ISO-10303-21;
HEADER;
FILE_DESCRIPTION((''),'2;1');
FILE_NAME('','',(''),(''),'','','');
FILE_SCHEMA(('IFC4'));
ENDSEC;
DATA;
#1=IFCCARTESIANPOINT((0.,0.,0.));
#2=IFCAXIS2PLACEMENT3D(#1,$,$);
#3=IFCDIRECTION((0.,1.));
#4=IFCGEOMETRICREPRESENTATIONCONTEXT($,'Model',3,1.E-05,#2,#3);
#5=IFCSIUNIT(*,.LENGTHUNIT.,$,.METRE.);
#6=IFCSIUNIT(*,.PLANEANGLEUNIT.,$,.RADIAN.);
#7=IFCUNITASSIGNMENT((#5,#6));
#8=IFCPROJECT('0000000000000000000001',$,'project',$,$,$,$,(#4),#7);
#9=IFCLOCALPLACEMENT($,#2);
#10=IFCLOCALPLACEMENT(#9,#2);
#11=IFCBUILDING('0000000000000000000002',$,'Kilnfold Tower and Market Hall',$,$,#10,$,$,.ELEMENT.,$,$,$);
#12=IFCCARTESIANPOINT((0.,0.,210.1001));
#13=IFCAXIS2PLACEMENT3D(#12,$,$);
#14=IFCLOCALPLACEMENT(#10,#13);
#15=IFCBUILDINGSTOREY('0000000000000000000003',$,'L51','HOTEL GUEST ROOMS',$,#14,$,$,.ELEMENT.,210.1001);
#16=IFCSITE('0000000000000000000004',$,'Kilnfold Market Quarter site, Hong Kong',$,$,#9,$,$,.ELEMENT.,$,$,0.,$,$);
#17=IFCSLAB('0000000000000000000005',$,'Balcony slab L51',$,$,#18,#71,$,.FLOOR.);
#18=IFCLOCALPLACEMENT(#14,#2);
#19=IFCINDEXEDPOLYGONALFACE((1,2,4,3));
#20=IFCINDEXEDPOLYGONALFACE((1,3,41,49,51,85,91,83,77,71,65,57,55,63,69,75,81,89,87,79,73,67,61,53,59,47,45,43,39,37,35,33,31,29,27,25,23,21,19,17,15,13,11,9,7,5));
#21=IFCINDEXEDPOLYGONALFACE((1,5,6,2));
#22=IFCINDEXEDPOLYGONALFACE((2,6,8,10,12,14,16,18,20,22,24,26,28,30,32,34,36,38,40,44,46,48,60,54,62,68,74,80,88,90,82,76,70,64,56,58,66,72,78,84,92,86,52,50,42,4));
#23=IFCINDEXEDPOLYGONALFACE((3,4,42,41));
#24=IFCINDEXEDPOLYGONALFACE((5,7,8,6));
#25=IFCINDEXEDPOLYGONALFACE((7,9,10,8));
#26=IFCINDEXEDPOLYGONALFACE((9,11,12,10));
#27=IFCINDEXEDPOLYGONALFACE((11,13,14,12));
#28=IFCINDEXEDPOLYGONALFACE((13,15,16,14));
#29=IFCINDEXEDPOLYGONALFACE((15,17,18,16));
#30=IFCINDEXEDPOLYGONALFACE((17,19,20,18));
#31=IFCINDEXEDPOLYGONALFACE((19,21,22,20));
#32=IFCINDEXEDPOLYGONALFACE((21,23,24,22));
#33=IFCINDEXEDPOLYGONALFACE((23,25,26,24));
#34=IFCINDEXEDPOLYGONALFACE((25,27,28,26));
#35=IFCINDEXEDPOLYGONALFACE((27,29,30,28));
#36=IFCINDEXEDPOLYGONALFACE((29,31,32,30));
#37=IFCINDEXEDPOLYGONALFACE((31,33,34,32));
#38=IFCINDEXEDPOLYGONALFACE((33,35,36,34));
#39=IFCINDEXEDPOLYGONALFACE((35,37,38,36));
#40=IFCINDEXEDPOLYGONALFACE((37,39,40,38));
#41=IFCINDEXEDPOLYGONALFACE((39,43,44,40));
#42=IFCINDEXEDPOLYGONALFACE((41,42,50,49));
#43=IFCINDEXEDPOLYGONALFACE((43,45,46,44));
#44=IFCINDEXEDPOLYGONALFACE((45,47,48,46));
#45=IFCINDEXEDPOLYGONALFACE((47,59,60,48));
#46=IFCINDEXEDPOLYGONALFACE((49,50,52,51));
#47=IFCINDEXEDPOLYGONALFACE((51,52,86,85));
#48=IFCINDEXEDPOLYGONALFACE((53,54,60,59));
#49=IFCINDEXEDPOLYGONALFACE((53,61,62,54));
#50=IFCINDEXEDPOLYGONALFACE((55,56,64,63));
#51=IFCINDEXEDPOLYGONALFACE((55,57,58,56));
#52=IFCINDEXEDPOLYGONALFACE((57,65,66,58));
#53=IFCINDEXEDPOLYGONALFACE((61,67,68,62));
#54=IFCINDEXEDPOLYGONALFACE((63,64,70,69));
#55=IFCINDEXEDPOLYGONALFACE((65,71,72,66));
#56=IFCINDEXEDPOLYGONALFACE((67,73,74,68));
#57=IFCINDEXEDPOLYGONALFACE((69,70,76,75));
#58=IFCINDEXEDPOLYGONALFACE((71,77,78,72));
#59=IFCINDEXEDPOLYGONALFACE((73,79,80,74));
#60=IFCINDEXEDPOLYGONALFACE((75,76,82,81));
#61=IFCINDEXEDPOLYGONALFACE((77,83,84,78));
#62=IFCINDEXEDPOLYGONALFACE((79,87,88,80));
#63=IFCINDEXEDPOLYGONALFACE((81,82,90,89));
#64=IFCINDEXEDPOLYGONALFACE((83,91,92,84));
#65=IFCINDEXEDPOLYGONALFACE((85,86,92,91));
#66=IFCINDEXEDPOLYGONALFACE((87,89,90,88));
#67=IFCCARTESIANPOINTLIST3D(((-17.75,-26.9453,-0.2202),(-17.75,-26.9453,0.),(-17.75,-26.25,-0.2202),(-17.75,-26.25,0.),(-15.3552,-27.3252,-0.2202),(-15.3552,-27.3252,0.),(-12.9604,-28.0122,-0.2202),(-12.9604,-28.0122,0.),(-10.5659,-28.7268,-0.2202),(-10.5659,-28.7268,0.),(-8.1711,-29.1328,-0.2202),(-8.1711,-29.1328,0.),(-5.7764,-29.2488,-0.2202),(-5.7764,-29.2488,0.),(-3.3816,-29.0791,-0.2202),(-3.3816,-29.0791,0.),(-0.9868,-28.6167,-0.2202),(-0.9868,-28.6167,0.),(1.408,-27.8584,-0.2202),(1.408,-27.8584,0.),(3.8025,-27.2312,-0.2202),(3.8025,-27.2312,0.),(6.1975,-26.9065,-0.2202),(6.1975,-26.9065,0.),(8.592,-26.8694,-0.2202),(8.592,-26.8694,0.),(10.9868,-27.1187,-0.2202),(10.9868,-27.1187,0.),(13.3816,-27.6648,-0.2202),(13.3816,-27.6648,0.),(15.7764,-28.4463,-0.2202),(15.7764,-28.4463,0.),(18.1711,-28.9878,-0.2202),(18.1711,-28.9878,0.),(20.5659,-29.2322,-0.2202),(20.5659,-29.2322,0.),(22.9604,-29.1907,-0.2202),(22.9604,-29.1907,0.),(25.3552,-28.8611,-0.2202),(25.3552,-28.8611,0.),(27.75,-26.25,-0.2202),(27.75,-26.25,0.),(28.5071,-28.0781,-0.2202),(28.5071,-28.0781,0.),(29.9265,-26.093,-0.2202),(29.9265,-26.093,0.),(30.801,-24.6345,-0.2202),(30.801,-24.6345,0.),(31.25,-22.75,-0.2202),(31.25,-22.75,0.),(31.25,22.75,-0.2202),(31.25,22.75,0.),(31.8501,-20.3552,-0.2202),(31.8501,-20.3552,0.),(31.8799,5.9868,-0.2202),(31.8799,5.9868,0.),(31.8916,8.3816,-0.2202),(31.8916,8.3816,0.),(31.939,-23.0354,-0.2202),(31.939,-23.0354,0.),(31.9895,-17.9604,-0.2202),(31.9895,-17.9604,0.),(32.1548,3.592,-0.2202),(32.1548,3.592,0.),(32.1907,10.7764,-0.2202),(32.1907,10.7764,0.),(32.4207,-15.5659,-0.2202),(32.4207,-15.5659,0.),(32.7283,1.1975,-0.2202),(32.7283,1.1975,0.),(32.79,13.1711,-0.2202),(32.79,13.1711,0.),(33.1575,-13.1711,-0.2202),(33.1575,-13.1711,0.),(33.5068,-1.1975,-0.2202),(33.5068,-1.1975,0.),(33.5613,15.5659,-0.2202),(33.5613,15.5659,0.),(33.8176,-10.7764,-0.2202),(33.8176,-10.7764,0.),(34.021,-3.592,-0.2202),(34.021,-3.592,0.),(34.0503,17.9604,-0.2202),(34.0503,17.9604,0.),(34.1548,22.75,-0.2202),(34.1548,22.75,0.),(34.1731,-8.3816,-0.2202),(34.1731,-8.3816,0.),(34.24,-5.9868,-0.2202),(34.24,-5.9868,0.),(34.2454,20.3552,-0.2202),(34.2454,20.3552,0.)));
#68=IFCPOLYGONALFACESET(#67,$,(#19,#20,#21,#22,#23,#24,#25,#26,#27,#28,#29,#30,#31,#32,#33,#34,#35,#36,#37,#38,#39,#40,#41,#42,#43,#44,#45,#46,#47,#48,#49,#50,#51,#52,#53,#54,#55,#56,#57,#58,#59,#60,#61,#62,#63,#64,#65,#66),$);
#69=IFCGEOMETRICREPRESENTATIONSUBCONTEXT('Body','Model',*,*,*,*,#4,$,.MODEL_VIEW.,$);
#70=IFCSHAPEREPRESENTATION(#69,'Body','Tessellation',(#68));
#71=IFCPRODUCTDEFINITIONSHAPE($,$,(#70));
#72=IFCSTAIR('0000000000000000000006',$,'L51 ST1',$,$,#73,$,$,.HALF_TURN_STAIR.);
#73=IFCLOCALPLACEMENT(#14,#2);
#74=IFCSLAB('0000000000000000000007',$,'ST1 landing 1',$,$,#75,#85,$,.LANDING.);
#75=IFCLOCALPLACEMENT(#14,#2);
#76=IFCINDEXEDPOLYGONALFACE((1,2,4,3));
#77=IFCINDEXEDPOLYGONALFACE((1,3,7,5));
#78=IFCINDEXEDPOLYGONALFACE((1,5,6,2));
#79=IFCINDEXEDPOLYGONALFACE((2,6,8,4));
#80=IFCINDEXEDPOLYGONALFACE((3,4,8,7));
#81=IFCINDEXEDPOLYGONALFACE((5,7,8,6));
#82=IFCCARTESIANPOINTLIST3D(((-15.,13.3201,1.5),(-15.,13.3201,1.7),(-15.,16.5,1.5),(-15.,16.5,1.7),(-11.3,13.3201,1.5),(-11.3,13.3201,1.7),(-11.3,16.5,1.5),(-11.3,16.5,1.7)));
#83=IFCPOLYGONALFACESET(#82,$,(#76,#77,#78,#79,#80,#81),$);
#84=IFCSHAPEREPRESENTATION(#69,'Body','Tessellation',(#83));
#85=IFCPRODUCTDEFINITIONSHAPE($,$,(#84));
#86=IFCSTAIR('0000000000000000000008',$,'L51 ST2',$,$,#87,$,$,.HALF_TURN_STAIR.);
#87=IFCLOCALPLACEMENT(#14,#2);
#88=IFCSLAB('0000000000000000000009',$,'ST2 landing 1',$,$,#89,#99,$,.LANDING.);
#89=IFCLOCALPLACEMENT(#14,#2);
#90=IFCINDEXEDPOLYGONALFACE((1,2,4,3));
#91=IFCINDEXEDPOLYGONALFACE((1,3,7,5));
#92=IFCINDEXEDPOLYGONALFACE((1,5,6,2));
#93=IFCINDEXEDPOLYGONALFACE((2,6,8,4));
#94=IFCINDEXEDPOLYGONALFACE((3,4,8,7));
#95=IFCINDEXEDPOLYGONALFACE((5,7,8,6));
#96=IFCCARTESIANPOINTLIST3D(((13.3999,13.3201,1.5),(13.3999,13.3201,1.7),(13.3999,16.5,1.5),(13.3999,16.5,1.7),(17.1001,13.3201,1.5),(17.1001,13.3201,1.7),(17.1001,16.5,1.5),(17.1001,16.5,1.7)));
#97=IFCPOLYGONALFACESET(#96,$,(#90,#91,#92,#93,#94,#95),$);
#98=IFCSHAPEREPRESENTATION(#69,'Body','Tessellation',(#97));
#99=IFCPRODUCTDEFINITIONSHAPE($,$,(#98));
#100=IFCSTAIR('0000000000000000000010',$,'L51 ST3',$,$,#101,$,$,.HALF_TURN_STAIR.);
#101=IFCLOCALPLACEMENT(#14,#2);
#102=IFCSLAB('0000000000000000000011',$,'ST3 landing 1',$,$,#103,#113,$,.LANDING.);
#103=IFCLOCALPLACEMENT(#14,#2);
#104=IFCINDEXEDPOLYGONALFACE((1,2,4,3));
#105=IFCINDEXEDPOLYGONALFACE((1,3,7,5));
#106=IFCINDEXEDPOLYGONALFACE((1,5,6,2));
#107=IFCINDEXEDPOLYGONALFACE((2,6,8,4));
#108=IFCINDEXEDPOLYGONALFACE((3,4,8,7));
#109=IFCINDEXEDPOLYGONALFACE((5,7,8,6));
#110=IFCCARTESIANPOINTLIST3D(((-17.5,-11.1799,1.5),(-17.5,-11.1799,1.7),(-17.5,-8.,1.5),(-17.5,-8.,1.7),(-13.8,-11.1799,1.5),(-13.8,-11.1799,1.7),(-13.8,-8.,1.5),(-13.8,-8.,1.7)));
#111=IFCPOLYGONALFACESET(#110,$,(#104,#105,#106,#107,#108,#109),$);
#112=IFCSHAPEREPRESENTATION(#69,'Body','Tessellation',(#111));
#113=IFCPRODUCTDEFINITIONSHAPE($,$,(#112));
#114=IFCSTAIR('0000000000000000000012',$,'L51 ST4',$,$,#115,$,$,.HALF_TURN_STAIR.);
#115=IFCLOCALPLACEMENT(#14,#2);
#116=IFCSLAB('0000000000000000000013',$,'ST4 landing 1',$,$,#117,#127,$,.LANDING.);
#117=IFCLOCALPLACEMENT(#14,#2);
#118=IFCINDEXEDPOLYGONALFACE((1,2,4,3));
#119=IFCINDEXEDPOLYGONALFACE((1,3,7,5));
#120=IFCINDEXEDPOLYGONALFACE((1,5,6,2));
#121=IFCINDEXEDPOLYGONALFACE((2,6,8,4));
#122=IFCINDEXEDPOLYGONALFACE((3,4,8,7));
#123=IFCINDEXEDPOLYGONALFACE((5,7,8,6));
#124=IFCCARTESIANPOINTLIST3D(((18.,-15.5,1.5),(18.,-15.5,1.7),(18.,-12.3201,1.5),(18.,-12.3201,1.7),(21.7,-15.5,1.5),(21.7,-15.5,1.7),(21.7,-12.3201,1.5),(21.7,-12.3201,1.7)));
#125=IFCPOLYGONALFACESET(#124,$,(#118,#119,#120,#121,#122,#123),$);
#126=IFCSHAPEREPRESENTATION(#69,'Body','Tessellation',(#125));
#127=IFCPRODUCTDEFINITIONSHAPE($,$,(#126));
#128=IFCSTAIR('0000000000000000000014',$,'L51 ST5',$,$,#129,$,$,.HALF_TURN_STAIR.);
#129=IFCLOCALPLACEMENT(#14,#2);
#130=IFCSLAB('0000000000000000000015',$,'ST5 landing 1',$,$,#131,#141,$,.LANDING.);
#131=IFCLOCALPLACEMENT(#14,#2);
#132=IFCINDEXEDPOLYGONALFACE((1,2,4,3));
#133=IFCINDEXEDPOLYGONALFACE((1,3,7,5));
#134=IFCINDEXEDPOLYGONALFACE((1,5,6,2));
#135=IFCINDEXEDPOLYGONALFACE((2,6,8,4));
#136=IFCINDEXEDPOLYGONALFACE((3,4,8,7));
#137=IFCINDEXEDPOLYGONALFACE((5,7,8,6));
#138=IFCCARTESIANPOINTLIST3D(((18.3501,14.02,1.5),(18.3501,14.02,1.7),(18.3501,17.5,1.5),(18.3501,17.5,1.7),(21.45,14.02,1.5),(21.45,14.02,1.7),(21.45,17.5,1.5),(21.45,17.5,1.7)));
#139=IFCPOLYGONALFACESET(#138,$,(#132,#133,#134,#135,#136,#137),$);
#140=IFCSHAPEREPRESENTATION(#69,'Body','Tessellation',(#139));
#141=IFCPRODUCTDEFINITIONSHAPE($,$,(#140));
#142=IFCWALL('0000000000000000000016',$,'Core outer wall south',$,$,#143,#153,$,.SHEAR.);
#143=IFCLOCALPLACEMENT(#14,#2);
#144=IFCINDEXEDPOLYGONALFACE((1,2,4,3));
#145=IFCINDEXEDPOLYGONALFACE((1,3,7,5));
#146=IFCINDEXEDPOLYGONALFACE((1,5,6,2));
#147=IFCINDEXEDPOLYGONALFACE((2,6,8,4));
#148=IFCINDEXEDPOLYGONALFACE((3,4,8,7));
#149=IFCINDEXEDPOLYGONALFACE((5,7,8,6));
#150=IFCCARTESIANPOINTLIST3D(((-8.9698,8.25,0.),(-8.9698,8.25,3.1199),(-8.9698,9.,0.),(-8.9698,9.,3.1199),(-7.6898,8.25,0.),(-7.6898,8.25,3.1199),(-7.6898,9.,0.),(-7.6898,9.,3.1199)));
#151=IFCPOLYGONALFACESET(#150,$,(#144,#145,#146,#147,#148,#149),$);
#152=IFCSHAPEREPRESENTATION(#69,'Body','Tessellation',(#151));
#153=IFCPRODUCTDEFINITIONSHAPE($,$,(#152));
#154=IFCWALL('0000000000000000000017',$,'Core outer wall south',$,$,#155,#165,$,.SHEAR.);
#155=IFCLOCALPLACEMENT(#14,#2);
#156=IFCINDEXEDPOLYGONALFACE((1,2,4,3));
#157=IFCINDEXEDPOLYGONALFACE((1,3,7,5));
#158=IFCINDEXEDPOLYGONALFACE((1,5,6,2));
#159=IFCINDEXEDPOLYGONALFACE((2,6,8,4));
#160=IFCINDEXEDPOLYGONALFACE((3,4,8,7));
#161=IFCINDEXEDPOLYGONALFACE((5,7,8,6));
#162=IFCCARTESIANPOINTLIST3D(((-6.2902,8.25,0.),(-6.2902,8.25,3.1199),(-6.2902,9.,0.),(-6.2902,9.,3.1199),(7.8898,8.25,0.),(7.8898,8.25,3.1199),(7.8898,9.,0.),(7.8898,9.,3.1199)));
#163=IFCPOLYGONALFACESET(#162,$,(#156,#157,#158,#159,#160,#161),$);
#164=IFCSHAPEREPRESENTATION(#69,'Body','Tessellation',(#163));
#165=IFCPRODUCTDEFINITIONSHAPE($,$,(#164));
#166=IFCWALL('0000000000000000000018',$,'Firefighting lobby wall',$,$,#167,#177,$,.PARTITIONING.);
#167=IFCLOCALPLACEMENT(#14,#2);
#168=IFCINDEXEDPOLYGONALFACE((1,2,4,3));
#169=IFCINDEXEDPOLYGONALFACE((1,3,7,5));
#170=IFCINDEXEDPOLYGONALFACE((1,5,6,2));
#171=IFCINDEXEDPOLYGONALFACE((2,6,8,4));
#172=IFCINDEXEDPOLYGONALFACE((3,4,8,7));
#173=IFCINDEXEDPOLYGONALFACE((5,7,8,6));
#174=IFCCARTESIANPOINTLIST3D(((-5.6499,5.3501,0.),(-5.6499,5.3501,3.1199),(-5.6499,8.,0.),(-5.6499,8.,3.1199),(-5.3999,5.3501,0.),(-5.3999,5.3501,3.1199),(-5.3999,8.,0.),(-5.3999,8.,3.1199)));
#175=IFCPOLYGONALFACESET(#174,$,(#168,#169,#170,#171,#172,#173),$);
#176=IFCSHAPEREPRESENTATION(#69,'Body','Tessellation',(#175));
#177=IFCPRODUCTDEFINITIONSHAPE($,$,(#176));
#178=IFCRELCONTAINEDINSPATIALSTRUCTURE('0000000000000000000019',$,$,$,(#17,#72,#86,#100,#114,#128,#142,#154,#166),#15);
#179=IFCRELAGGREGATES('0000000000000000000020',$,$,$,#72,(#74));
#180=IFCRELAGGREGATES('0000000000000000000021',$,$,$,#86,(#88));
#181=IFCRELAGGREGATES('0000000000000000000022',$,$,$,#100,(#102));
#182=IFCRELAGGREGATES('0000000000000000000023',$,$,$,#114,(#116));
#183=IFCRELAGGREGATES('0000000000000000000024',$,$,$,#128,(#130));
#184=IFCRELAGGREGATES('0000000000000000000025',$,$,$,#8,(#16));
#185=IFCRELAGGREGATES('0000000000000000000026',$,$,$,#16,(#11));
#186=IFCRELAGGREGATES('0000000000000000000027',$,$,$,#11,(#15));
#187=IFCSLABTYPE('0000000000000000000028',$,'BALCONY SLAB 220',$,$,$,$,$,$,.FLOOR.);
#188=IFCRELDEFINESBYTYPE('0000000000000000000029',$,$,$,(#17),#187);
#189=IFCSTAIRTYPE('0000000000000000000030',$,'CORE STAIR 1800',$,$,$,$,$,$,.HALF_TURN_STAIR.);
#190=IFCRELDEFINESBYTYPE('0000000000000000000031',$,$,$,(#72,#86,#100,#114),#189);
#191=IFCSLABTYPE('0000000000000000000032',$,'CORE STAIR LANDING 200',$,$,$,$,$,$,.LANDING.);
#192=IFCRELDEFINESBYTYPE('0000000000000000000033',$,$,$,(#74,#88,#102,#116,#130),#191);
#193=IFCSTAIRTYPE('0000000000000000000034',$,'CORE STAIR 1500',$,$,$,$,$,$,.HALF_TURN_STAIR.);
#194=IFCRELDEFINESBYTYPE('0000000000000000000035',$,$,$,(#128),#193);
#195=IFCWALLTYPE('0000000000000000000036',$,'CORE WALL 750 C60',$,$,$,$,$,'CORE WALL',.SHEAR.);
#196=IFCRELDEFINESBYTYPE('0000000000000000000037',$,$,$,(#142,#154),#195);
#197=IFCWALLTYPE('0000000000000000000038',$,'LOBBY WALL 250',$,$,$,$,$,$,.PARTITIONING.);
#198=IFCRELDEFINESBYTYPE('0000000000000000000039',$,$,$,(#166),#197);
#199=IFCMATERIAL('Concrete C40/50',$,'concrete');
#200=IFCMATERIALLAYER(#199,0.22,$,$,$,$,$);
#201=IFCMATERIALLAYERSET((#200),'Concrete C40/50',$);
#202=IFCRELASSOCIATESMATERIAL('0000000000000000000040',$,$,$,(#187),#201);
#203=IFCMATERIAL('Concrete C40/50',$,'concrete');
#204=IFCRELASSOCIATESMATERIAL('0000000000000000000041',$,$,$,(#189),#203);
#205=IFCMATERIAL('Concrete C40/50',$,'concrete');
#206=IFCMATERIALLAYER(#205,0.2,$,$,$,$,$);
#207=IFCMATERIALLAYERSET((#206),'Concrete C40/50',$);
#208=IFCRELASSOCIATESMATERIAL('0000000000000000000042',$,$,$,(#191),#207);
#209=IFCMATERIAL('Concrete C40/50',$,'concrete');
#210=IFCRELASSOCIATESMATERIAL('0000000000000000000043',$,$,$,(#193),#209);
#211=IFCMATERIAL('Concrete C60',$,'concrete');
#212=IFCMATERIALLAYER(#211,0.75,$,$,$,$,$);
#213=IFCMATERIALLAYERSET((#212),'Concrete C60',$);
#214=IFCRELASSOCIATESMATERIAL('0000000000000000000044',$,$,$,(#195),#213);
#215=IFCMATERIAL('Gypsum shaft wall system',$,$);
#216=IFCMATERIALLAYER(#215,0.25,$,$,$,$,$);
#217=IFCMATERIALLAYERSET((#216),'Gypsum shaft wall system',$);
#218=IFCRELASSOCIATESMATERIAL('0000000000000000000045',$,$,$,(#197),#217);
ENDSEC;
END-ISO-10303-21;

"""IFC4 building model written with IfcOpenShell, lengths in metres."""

from ifc_helpers import new_model, si_unit, direction, frame, frame_2d, origin, place, context, subcontext, project, spatial, polyline, rectangle, outline, extrude, source, transform, mapped, material, layer, layer_set, type_object, element, aggregate, save


model = new_model("IFC4")

# Units and contexts
model_context = context("Model", 3, precision=1e-05, world=origin(), true_north=direction((0.0, 1.0)))
body_context = subcontext(model_context, "Body", "Model", "MODEL_VIEW")
ifc_project = project(units=[si_unit("LENGTHUNIT", "METRE"), si_unit("PLANEANGLEUNIT", "RADIAN")], contexts=[model_context])

# Site, building, storey
site_placement = place(None, origin())
site = spatial("IfcSite", under=ifc_project, at=site_placement, Name="Kilnfold Market Quarter site, Hong Kong", CompositionType="ELEMENT", RefElevation=0.0)
building_placement = place(site_placement, origin())
building = spatial("IfcBuilding", under=site, at=building_placement, Name="Kilnfold Tower and Market Hall", CompositionType="ELEMENT")
storey_placement = place(building_placement, frame((0.0, 0.0, 210.1001)))
storey = spatial("IfcBuildingStorey", under=building, at=storey_placement, Name="L51", Description="HOTEL GUEST ROOMS", CompositionType="ELEMENT", Elevation=210.1001)

# Slab
ifc_material_1 = material(Name="Concrete C40/50", Category="concrete")
ifc_layer_1 = layer(ifc_material_1, 0.22)
ifc_layer_set_1 = layer_set([ifc_layer_1], Name="Concrete C40/50")
slab_type_1 = type_object("IfcSlabType", Name="BALCONY SLAB 220", PredefinedType="FLOOR", material=ifc_layer_set_1)
shared_shape_1 = source(origin(), body_context, "Body", "SweptSolid", [
    extrude(outline(polyline([(-17.75, -26.25), (27.75, -26.25), (31.25, -22.75), (31.25, 22.75), (34.1548, 22.75), (34.2454, 20.3552), (34.0503, 17.9604), (33.5613, 15.5659), (32.79, 13.1711), (32.1907, 10.7764), (31.8916, 8.3816), (31.8799, 5.9868), (32.1548, 3.592), (32.7283, 1.1975), (33.5068, -1.1975), (34.021, -3.592), (34.24, -5.9868), (34.1731, -8.3816), (33.8176, -10.7764), (33.1575, -13.1711), (32.4207, -15.5659), (31.9895, -17.9604), (31.8501, -20.3552), (31.939, -23.0354), (30.801, -24.6345), (29.9265, -26.093), (28.5071, -28.0781), (25.3552, -28.8611), (22.9604, -29.1907), (20.5659, -29.2322), (18.1711, -28.9878), (15.7764, -28.4463), (13.3816, -27.6648), (10.9868, -27.1187), (8.592, -26.8694), (6.1975, -26.9065), (3.8025, -27.2312), (1.408, -27.8584), (-0.9868, -28.6167), (-3.3816, -29.0791), (-5.7764, -29.2488), (-8.1711, -29.1328), (-10.5659, -28.7268), (-12.9604, -28.0122), (-15.3552, -27.3252), (-17.75, -26.9453), (-17.75, -26.25)])), origin(), (0.0, 0.0, 1.0), 0.2202),
])
slab_1_placement = place(storey_placement, frame((0.0, 0.0, -0.2202)))
element("IfcSlab", 1, at=slab_1_placement, inside=storey, type_object=slab_type_1, Name="Balcony slab L51", PredefinedType="FLOOR", context=body_context, shape_type="MappedRepresentation", body=[
    mapped(shared_shape_1, transform((0.0, 0.0, 0.0))),
])

# Stairs, slabs
ifc_material_2 = material(Name="Concrete C40/50", Category="concrete")
stair_type_1 = type_object("IfcStairType", Name="CORE STAIR 1800", PredefinedType="HALF_TURN_STAIR", material=ifc_material_2)
stair_1_placement = place(storey_placement, origin())
stair_1 = element("IfcStair", 2, at=stair_1_placement, inside=storey, type_object=stair_type_1, Name="L51 ST1", PredefinedType="HALF_TURN_STAIR")
ifc_material_3 = material(Name="Concrete C40/50", Category="concrete")
ifc_layer_2 = layer(ifc_material_3, 0.2)
ifc_layer_set_2 = layer_set([ifc_layer_2], Name="Concrete C40/50")
slab_type_2 = type_object("IfcSlabType", Name="CORE STAIR LANDING 200", PredefinedType="LANDING", material=ifc_layer_set_2)
shared_shape_2 = source(origin(), body_context, "Body", "SweptSolid", [
    extrude(outline(polyline([(-11.3, 13.3201), (-11.3, 16.5), (-15.0, 16.5), (-15.0, 13.3201), (-11.3, 13.3201)])), origin(), (0.0, 0.0, 1.0), 0.2),
])
slab_2_placement = place(storey_placement, frame((0.0, 0.0, 1.5)))
slab_2 = element("IfcSlab", 3, at=slab_2_placement, type_object=slab_type_2, Name="ST1 landing 1", PredefinedType="LANDING", context=body_context, shape_type="MappedRepresentation", body=[
    mapped(shared_shape_2, transform((0.0, 0.0, 0.0))),
])
aggregate(stair_1, [slab_2])
stair_2_placement = place(storey_placement, origin())
stair_2 = element("IfcStair", 4, at=stair_2_placement, inside=storey, type_object=stair_type_1, Name="L51 ST2", PredefinedType="HALF_TURN_STAIR")
shared_shape_3 = source(origin(), body_context, "Body", "SweptSolid", [
    extrude(outline(polyline([(17.1001, 13.3201), (17.1001, 16.5), (13.3999, 16.5), (13.3999, 13.3201), (17.1001, 13.3201)])), origin(), (0.0, 0.0, 1.0), 0.2),
])
slab_3_placement = place(storey_placement, frame((0.0, 0.0, 1.5)))
slab_3 = element("IfcSlab", 5, at=slab_3_placement, type_object=slab_type_2, Name="ST2 landing 1", PredefinedType="LANDING", context=body_context, shape_type="MappedRepresentation", body=[
    mapped(shared_shape_3, transform((0.0, 0.0, 0.0))),
])
aggregate(stair_2, [slab_3])
stair_3_placement = place(storey_placement, origin())
stair_3 = element("IfcStair", 6, at=stair_3_placement, inside=storey, type_object=stair_type_1, Name="L51 ST3", PredefinedType="HALF_TURN_STAIR")
shared_shape_4 = source(origin(), body_context, "Body", "SweptSolid", [
    extrude(outline(polyline([(-13.8, -11.1799), (-13.8, -8.0), (-17.5, -8.0), (-17.5, -11.1799), (-13.8, -11.1799)])), origin(), (0.0, 0.0, 1.0), 0.2),
])
slab_4_placement = place(storey_placement, frame((0.0, 0.0, 1.5)))
slab_4 = element("IfcSlab", 7, at=slab_4_placement, type_object=slab_type_2, Name="ST3 landing 1", PredefinedType="LANDING", context=body_context, shape_type="MappedRepresentation", body=[
    mapped(shared_shape_4, transform((0.0, 0.0, 0.0))),
])
aggregate(stair_3, [slab_4])
stair_4_placement = place(storey_placement, origin())
stair_4 = element("IfcStair", 8, at=stair_4_placement, inside=storey, type_object=stair_type_1, Name="L51 ST4", PredefinedType="HALF_TURN_STAIR")
shared_shape_5 = source(origin(), body_context, "Body", "SweptSolid", [
    extrude(outline(polyline([(18.0, -12.3201), (18.0, -15.5), (21.7, -15.5), (21.7, -12.3201), (18.0, -12.3201)])), origin(), (0.0, 0.0, 1.0), 0.2),
])
slab_5_placement = place(storey_placement, frame((0.0, 0.0, 1.5)))
slab_5 = element("IfcSlab", 9, at=slab_5_placement, type_object=slab_type_2, Name="ST4 landing 1", PredefinedType="LANDING", context=body_context, shape_type="MappedRepresentation", body=[
    mapped(shared_shape_5, transform((0.0, 0.0, 0.0))),
])
aggregate(stair_4, [slab_5])
ifc_material_4 = material(Name="Concrete C40/50", Category="concrete")
stair_type_2 = type_object("IfcStairType", Name="CORE STAIR 1500", PredefinedType="HALF_TURN_STAIR", material=ifc_material_4)
stair_5_placement = place(storey_placement, origin())
stair_5 = element("IfcStair", 10, at=stair_5_placement, inside=storey, type_object=stair_type_2, Name="L51 ST5", PredefinedType="HALF_TURN_STAIR")
shared_shape_6 = source(origin(), body_context, "Body", "SweptSolid", [
    extrude(outline(polyline([(21.45, 14.02), (21.45, 17.5), (18.3501, 17.5), (18.3501, 14.02), (21.45, 14.02)])), origin(), (0.0, 0.0, 1.0), 0.2),
])
slab_6_placement = place(storey_placement, frame((0.0, 0.0, 1.5)))
slab_6 = element("IfcSlab", 11, at=slab_6_placement, type_object=slab_type_2, Name="ST5 landing 1", PredefinedType="LANDING", context=body_context, shape_type="MappedRepresentation", body=[
    mapped(shared_shape_6, transform((0.0, 0.0, 0.0))),
])
aggregate(stair_5, [slab_6])

# Walls
ifc_material_5 = material(Name="Concrete C60", Category="concrete")
ifc_layer_3 = layer(ifc_material_5, 0.75)
ifc_layer_set_3 = layer_set([ifc_layer_3], Name="Concrete C60")
wall_type_1 = type_object("IfcWallType", Name="CORE WALL 750 C60", ElementType="CORE WALL", PredefinedType="SHEAR", material=ifc_layer_set_3)
shared_shape_7 = source(origin(), body_context, "Body", "SweptSolid", [
    extrude(rectangle(XDim=1.28, YDim=0.75, at=frame_2d((0.6401, 0.0))), origin(), (0.0, 0.0, 1.0), 3.1199),
])
wall_1_placement = place(storey_placement, frame((-8.97, 8.625, 0.0), z_axis=(0.0, 0.0, 1.0), x_axis=(1.0, 0.0, 0.0)))
element("IfcWall", 12, at=wall_1_placement, inside=storey, type_object=wall_type_1, Name="Core outer wall south", PredefinedType="SHEAR", context=body_context, shape_type="MappedRepresentation", body=[
    mapped(shared_shape_7, transform((0.0, 0.0, 0.0))),
])
shared_shape_8 = source(origin(), body_context, "Body", "SweptSolid", [
    extrude(rectangle(XDim=14.1799, YDim=0.75, at=frame_2d((7.0898, 0.0))), origin(), (0.0, 0.0, 1.0), 3.1199),
])
wall_2_placement = place(storey_placement, frame((-6.29, 8.625, 0.0), z_axis=(0.0, 0.0, 1.0), x_axis=(1.0, 0.0, 0.0)))
element("IfcWall", 13, at=wall_2_placement, inside=storey, type_object=wall_type_1, Name="Core outer wall south", PredefinedType="SHEAR", context=body_context, shape_type="MappedRepresentation", body=[
    mapped(shared_shape_8, transform((0.0, 0.0, 0.0))),
])
ifc_material_6 = material(Name="Gypsum shaft wall system")
ifc_layer_4 = layer(ifc_material_6, 0.25)
ifc_layer_set_4 = layer_set([ifc_layer_4], Name="Gypsum shaft wall system")
wall_type_2 = type_object("IfcWallType", Name="LOBBY WALL 250", PredefinedType="PARTITIONING", material=ifc_layer_set_4)
shared_shape_9 = source(origin(), body_context, "Body", "SweptSolid", [
    extrude(rectangle(XDim=2.6499, YDim=0.25, at=frame_2d((1.325, 0.0))), origin(), (0.0, 0.0, 1.0), 3.1199),
])
wall_3_placement = place(storey_placement, frame((-5.5249, 5.3501, 0.0), z_axis=(0.0, 0.0, 1.0), x_axis=(0.0, 1.0, 0.0)))
element("IfcWall", 14, at=wall_3_placement, inside=storey, type_object=wall_type_2, Name="Firefighting lobby wall", PredefinedType="PARTITIONING", context=body_context, shape_type="MappedRepresentation", body=[
    mapped(shared_shape_9, transform((0.0, 0.0, 0.0))),
])

save(model, "model.ifc")
